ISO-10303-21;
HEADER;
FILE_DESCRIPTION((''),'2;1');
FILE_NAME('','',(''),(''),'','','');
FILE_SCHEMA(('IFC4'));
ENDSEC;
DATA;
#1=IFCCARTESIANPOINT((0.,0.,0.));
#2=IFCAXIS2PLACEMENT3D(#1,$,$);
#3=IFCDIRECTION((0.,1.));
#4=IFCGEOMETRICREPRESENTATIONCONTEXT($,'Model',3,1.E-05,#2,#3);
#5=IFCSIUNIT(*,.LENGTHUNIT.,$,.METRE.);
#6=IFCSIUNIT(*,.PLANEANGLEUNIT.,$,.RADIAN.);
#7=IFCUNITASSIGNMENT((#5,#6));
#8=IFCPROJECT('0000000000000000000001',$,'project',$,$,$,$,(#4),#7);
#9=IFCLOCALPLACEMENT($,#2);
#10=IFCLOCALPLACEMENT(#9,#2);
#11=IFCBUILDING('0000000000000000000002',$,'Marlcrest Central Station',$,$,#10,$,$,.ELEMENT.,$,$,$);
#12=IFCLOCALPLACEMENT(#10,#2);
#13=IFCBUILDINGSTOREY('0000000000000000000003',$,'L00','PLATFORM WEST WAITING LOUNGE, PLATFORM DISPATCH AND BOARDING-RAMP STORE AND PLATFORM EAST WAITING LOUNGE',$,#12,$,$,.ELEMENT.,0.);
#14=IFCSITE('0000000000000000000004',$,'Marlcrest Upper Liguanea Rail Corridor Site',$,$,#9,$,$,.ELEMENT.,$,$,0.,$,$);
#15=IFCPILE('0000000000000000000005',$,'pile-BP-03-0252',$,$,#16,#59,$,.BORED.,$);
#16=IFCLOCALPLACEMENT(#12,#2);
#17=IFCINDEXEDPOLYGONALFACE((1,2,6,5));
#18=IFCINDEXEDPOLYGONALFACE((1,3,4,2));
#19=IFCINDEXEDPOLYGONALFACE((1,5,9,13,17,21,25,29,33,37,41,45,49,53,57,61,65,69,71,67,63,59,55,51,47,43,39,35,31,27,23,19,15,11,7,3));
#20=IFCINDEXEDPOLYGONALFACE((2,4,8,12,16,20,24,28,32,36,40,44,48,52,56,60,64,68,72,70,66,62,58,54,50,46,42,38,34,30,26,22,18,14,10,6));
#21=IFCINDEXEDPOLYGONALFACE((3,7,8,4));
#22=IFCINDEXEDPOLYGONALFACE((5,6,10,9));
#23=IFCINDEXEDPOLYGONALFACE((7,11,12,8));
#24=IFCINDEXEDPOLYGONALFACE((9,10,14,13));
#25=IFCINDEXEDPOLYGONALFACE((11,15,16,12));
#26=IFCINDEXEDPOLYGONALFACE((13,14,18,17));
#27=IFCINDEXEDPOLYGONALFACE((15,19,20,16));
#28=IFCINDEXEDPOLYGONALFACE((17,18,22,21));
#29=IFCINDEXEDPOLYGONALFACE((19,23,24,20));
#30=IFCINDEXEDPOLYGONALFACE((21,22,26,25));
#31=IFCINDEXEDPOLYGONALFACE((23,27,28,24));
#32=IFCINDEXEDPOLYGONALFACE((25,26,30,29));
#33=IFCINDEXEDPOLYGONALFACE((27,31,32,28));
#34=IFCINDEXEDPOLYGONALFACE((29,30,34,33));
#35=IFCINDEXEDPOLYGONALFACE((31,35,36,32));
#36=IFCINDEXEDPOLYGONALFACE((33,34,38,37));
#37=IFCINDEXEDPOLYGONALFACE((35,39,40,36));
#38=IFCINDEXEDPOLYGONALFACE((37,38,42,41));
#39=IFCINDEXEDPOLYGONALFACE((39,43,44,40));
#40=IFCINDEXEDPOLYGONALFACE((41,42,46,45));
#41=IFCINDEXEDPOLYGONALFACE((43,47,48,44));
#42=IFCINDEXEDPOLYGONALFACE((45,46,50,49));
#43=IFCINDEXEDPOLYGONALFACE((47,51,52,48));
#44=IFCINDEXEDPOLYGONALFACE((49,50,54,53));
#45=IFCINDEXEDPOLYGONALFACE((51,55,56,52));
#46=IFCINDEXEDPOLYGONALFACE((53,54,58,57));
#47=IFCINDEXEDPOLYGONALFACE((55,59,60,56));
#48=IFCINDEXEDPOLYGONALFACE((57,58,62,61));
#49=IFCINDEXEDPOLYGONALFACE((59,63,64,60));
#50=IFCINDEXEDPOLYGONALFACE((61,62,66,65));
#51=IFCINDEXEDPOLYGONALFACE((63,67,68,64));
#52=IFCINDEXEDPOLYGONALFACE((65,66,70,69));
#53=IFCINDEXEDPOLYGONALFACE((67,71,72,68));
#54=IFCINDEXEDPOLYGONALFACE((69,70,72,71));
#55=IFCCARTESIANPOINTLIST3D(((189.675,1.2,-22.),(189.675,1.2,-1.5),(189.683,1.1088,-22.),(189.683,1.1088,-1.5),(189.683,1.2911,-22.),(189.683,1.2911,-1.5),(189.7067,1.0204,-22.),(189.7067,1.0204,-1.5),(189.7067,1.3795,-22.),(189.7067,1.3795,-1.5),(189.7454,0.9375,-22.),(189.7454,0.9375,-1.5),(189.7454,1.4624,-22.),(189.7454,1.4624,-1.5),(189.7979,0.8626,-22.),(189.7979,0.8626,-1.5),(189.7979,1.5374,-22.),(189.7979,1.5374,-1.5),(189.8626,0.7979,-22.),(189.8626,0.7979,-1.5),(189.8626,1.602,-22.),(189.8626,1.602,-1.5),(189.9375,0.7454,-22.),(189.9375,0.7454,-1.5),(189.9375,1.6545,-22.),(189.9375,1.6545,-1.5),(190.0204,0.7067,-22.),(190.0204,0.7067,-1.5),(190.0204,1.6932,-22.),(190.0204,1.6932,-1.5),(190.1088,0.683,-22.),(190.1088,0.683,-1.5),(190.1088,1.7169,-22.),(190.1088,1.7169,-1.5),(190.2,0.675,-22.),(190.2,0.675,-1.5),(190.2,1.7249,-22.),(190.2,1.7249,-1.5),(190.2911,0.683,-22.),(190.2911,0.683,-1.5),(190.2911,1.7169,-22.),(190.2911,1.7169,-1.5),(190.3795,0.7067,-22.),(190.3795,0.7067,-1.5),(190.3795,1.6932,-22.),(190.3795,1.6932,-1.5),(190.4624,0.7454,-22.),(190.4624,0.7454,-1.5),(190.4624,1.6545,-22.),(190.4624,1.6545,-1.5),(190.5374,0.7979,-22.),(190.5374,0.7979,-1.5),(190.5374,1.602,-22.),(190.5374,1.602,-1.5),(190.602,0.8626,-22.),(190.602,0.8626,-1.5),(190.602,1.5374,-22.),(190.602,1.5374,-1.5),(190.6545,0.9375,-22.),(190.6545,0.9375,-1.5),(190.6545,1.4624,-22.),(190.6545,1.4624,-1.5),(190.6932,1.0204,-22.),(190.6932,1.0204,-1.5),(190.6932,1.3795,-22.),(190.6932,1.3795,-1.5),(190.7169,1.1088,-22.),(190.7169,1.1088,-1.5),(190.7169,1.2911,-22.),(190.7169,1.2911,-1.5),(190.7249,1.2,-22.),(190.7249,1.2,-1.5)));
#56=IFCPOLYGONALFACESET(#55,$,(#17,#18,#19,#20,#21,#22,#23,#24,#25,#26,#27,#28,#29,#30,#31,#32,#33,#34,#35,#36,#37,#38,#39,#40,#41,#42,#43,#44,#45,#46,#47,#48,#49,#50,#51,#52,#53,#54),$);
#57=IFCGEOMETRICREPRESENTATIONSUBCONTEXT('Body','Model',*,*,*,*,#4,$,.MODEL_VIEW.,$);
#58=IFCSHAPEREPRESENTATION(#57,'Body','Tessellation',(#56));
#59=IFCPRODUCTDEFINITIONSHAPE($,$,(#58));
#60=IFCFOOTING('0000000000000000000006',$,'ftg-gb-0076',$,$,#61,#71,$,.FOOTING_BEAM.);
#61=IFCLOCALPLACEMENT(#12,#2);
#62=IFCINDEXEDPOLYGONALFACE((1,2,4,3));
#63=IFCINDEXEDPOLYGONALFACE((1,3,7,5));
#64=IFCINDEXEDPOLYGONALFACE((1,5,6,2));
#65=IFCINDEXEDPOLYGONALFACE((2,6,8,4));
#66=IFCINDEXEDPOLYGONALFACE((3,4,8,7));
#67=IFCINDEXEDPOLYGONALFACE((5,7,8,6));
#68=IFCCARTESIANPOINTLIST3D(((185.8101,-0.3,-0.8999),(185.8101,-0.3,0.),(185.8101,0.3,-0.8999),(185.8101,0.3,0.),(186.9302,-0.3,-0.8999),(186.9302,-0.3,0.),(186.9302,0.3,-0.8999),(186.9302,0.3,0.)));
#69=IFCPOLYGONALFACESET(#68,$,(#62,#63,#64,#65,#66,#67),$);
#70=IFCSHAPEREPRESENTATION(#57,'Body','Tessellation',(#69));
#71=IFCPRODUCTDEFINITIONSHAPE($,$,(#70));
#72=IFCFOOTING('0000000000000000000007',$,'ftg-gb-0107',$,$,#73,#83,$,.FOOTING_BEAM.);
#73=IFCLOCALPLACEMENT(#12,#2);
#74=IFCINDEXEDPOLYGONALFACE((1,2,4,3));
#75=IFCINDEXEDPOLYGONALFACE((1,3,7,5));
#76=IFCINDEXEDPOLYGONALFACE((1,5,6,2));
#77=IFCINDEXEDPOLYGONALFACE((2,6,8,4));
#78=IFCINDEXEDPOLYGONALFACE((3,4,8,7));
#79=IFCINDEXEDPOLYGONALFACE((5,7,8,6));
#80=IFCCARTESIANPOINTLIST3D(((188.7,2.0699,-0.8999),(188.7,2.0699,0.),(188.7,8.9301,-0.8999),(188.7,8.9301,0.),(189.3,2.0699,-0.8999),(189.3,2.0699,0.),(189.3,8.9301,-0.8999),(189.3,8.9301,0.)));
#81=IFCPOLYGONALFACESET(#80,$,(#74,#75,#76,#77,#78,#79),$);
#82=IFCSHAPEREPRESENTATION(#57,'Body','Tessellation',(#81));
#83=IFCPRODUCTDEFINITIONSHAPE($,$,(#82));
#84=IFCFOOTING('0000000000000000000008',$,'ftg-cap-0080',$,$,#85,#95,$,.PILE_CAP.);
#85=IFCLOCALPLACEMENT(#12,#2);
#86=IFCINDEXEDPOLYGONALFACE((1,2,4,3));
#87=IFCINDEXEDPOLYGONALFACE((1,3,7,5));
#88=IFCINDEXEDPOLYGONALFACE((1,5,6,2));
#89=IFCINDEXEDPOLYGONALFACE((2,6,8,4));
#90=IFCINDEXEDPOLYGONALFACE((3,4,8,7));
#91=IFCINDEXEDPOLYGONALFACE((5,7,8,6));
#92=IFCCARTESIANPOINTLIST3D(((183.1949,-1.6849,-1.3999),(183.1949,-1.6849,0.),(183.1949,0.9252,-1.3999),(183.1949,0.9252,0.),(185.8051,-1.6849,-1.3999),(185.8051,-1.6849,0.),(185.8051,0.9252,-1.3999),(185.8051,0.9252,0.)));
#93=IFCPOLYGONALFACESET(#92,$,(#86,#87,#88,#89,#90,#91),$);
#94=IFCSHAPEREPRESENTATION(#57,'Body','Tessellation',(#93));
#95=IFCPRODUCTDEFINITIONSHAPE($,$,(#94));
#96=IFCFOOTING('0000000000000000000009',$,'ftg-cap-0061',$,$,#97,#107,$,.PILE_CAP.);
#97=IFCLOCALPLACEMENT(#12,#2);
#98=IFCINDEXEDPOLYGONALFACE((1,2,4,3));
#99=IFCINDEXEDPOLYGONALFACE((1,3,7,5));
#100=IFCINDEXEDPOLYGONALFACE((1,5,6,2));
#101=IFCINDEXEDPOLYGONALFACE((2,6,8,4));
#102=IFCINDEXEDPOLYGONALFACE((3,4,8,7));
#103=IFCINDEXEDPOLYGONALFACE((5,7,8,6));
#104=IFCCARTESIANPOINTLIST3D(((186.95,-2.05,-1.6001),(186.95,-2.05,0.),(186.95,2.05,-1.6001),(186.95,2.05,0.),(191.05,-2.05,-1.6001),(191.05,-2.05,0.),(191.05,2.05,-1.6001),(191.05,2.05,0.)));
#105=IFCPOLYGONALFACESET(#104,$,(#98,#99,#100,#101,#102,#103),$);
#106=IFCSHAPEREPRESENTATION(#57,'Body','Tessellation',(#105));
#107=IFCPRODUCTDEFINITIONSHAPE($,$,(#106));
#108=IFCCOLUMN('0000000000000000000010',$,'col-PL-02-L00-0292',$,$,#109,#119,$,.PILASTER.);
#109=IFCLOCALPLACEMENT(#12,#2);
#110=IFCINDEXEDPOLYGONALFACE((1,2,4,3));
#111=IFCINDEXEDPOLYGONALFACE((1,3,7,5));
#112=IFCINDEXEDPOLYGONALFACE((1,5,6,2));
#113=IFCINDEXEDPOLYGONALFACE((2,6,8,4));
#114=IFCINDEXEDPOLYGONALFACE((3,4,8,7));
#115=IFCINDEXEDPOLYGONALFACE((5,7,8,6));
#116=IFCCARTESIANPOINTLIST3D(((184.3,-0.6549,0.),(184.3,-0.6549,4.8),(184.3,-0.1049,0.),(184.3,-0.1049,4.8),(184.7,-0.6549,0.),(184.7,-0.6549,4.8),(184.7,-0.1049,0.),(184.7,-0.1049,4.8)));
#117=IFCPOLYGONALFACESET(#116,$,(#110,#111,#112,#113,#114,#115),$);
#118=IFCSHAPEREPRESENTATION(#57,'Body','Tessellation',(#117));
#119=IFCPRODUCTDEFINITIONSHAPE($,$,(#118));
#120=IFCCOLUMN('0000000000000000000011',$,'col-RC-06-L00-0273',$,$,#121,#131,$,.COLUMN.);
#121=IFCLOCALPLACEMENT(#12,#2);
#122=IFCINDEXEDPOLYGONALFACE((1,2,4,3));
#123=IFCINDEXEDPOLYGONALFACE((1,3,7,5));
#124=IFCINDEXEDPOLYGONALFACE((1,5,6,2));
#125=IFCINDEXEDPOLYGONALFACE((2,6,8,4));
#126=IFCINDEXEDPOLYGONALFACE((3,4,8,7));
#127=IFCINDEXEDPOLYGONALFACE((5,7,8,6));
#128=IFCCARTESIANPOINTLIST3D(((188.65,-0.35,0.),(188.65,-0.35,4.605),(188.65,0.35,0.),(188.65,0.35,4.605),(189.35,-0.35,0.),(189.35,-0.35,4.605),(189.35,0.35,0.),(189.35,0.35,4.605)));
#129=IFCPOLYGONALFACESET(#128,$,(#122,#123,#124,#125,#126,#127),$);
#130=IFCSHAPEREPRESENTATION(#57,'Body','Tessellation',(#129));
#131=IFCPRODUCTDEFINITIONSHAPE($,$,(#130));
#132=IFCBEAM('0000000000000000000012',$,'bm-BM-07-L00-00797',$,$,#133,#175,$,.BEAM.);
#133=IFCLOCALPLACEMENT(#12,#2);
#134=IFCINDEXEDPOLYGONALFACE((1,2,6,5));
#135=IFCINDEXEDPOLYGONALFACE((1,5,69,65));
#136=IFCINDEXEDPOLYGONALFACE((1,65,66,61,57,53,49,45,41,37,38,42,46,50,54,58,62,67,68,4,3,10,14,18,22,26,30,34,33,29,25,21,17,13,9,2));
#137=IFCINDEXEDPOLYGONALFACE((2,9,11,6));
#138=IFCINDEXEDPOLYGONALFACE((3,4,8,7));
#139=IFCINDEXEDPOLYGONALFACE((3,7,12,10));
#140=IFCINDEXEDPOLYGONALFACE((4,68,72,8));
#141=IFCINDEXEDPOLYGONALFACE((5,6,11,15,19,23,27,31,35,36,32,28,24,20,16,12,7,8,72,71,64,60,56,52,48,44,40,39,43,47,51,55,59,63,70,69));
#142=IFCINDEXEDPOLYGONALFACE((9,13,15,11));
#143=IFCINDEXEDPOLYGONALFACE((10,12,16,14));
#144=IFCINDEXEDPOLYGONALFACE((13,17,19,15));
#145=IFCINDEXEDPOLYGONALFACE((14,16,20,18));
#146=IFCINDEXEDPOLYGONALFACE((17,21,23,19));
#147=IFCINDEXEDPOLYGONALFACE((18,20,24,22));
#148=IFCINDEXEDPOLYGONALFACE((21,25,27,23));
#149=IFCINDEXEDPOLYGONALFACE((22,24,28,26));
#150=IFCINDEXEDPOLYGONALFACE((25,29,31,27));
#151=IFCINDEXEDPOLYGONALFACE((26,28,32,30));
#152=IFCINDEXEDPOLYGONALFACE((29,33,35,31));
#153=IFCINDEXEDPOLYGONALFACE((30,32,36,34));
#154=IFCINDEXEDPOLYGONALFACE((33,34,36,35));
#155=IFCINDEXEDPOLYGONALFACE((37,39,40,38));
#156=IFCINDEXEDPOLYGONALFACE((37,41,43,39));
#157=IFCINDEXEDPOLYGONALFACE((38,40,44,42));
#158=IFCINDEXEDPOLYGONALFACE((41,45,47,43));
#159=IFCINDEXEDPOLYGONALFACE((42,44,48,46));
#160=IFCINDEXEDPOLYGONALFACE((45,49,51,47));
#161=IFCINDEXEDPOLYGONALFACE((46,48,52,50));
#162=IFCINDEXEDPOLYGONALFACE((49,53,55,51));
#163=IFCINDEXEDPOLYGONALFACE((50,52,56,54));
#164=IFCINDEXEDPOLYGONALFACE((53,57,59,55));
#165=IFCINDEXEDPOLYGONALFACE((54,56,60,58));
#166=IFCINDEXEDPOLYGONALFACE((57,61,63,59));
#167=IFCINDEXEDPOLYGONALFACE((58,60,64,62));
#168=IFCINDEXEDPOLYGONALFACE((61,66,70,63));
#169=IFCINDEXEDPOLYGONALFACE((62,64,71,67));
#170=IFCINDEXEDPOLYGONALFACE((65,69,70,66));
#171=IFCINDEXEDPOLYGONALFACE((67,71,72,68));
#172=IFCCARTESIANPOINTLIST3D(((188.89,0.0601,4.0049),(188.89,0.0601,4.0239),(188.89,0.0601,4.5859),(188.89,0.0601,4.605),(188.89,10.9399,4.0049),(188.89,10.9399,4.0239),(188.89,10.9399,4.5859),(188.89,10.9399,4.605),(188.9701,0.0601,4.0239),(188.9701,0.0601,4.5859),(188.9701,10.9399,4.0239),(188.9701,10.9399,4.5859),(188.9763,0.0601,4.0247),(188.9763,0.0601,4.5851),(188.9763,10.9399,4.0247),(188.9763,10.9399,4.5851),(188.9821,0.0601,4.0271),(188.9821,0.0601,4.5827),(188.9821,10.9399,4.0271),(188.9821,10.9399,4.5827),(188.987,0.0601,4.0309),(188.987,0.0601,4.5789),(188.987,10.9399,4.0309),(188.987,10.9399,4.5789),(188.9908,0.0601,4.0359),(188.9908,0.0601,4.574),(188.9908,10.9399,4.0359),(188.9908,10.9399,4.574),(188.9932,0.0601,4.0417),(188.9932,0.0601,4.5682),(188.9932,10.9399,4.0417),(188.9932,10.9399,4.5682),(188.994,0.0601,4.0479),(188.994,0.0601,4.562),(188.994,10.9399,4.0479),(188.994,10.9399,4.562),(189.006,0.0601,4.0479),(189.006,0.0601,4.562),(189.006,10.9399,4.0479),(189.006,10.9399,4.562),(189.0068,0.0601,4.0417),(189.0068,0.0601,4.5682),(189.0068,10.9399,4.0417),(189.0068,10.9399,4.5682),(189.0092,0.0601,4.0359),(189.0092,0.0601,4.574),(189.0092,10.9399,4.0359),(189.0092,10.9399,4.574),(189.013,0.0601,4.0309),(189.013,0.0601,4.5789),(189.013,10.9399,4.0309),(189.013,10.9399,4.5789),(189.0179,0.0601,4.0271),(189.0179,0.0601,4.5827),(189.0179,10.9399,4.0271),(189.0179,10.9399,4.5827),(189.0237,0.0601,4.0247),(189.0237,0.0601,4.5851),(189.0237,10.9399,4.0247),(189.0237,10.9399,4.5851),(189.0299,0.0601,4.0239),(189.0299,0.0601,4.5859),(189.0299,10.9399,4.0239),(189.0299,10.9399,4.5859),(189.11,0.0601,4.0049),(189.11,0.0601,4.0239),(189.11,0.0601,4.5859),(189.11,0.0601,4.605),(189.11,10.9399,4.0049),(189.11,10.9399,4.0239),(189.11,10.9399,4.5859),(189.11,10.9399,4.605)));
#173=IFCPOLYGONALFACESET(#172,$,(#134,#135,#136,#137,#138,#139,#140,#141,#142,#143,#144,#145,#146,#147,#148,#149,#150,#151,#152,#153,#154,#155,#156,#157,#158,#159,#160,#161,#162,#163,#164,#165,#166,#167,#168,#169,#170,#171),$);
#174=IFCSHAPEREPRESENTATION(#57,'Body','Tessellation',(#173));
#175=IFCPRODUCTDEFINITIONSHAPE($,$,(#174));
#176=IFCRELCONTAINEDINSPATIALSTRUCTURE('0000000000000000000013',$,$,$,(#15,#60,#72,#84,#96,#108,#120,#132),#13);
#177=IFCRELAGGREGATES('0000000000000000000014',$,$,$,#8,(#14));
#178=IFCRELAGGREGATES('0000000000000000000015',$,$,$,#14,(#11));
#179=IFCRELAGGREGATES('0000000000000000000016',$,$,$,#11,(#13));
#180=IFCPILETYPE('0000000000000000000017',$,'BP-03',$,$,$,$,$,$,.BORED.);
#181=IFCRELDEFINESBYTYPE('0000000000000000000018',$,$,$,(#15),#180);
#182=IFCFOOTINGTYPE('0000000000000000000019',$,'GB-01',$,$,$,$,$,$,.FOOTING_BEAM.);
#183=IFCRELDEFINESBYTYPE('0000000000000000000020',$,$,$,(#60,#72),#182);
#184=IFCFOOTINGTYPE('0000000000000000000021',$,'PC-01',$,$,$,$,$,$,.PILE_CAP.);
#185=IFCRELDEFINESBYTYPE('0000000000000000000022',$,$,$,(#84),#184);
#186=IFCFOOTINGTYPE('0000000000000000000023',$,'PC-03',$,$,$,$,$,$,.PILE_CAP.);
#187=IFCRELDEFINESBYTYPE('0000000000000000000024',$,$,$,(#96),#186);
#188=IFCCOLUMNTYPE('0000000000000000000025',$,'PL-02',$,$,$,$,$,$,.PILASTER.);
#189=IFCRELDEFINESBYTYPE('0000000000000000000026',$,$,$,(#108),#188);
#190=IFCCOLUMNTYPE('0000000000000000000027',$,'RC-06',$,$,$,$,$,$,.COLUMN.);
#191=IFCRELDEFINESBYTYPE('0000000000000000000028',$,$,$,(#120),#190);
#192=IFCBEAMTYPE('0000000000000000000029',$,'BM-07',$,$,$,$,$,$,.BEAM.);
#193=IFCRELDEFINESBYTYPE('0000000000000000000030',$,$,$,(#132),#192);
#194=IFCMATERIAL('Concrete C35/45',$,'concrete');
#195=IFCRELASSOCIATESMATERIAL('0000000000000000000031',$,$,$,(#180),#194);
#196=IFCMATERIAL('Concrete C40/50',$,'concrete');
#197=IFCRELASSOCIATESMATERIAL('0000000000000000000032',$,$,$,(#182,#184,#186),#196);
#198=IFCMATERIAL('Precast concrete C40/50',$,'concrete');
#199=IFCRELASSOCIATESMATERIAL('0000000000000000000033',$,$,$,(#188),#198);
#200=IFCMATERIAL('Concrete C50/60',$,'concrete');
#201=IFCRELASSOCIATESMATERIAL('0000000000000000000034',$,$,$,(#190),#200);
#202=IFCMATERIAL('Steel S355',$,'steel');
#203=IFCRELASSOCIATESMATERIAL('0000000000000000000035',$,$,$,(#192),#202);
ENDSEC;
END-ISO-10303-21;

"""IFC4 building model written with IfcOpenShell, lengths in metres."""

from ifc_helpers import new_model, si_unit, direction, frame, origin, origin_2d, place, context, subcontext, project, spatial, rectangle, circle, i_section, extrude, material, material_profile, profile_set, type_object, element, save


model = new_model("IFC4")

# Units and contexts
model_context = context("Model", 3, precision=1e-05, world=origin(), true_north=direction((0.0, 1.0)))
body_context = subcontext(model_context, "Body", "Model", "MODEL_VIEW")
ifc_project = project(units=[si_unit("LENGTHUNIT", "METRE"), si_unit("PLANEANGLEUNIT", "RADIAN")], contexts=[model_context])

# Site, building, storey
site_placement = place(None, origin())
site = spatial("IfcSite", under=ifc_project, at=site_placement, Name="Marlcrest Upper Liguanea Rail Corridor Site", CompositionType="ELEMENT", RefElevation=0.0)
building_placement = place(site_placement, origin())
building = spatial("IfcBuilding", under=site, at=building_placement, Name="Marlcrest Central Station", CompositionType="ELEMENT")
storey_placement = place(building_placement, origin())
storey = spatial("IfcBuildingStorey", under=building, at=storey_placement, Name="L00", Description="PLATFORM WEST WAITING LOUNGE, PLATFORM DISPATCH AND BOARDING-RAMP STORE AND PLATFORM EAST WAITING LOUNGE", CompositionType="ELEMENT", Elevation=0.0)

# Pile
ifc_material_1 = material(Name="Concrete C35/45", Category="concrete")
ifc_material_profile_1 = material_profile(ifc_material_1, circle(Radius=0.5249, at=origin_2d()), Name="PILE D1050")
ifc_profile_set_1 = profile_set([ifc_material_profile_1], Name="Concrete C35/45")
pile_type_1 = type_object("IfcPileType", Name="BP-03", PredefinedType="BORED", material=ifc_profile_set_1)
for number, where, z_axis, x_axis, name in (
    (1, (190.2, 1.2, -1.5), (0.0, 0.0, -1.0), (1.0, 0.0, 0.0), "pile-BP-03-0252"),
):
    element("IfcPile", number, at=place(storey_placement, frame(where, z_axis=z_axis, x_axis=x_axis)), inside=storey, type_object=pile_type_1, Name=name, PredefinedType="BORED", context=body_context, shape_type="SweptSolid", body=[
        extrude(circle(Radius=0.5249, at=origin_2d()), origin(), (0.0, 0.0, 1.0), 20.5),
    ])

# Footings
ifc_material_2 = material(Name="Concrete C40/50", Category="concrete")
footing_type_1 = type_object("IfcFootingType", Name="GB-01", PredefinedType="FOOTING_BEAM", material=ifc_material_2)
footing_1_placement = place(storey_placement, frame((186.3701, 0.0, -0.8999), z_axis=(0.0, 0.0, 1.0), x_axis=(1.0, 0.0, 0.0)))
element("IfcFooting", 2, at=footing_1_placement, inside=storey, type_object=footing_type_1, Name="ftg-gb-0076", PredefinedType="FOOTING_BEAM", context=body_context, shape_type="SweptSolid", body=[
    extrude(rectangle(XDim=1.1201, YDim=0.6001, at=origin_2d()), origin(), (0.0, 0.0, 1.0), 0.8999),
])
footing_2_placement = place(storey_placement, frame((189.0, 5.5, -0.8999), z_axis=(0.0, 0.0, 1.0), x_axis=(1.0, 0.0, 0.0)))
element("IfcFooting", 3, at=footing_2_placement, inside=storey, type_object=footing_type_1, Name="ftg-gb-0107", PredefinedType="FOOTING_BEAM", context=body_context, shape_type="SweptSolid", body=[
    extrude(rectangle(XDim=0.6001, YDim=6.8601, at=origin_2d()), origin(), (0.0, 0.0, 1.0), 0.8999),
])
footing_type_2 = type_object("IfcFootingType", Name="PC-01", PredefinedType="PILE_CAP", material=ifc_material_2)
footing_3_placement = place(storey_placement, frame((184.5, -0.3799, -1.3999), z_axis=(0.0, 0.0, 1.0), x_axis=(1.0, 0.0, 0.0)))
element("IfcFooting", 4, at=footing_3_placement, inside=storey, type_object=footing_type_2, Name="ftg-cap-0080", PredefinedType="PILE_CAP", context=body_context, shape_type="SweptSolid", body=[
    extrude(rectangle(XDim=2.6101, YDim=2.6101, at=origin_2d()), origin(), (0.0, 0.0, 1.0), 1.3999),
])
footing_type_3 = type_object("IfcFootingType", Name="PC-03", PredefinedType="PILE_CAP", material=ifc_material_2)
footing_4_placement = place(storey_placement, frame((189.0, 0.0, -1.6001), z_axis=(0.0, 0.0, 1.0), x_axis=(1.0, 0.0, 0.0)))
element("IfcFooting", 5, at=footing_4_placement, inside=storey, type_object=footing_type_3, Name="ftg-cap-0061", PredefinedType="PILE_CAP", context=body_context, shape_type="SweptSolid", body=[
    extrude(rectangle(XDim=4.1001, YDim=4.1001, at=origin_2d()), origin(), (0.0, 0.0, 1.0), 1.6001),
])

# Columns
ifc_material_3 = material(Name="Precast concrete C40/50", Category="concrete")
ifc_material_profile_2 = material_profile(ifc_material_3, rectangle(XDim=0.3999, YDim=0.55, at=origin_2d()), Name="PIL 400x550")
ifc_profile_set_2 = profile_set([ifc_material_profile_2], Name="Precast concrete C40/50")
column_type_1 = type_object("IfcColumnType", Name="PL-02", PredefinedType="PILASTER", material=ifc_profile_set_2)
column_1_placement = place(storey_placement, frame((184.5, -0.3799, 0.0), z_axis=(0.0, 0.0, 1.0), x_axis=(1.0, 0.0, 0.0)))
element("IfcColumn", 6, at=column_1_placement, inside=storey, type_object=column_type_1, Name="col-PL-02-L00-0292", PredefinedType="PILASTER", context=body_context, shape_type="SweptSolid", body=[
    extrude(rectangle(XDim=0.3999, YDim=0.55, at=origin_2d()), origin(), (0.0, 0.0, 1.0), 4.8),
])
ifc_material_4 = material(Name="Concrete C50/60", Category="concrete")
ifc_material_profile_3 = material_profile(ifc_material_4, rectangle(XDim=0.7, YDim=0.7, at=origin_2d()), Name="RC 700x700")
ifc_profile_set_3 = profile_set([ifc_material_profile_3], Name="Concrete C50/60")
column_type_2 = type_object("IfcColumnType", Name="RC-06", PredefinedType="COLUMN", material=ifc_profile_set_3)
column_2_placement = place(storey_placement, frame((189.0, 0.0, 0.0), z_axis=(0.0, 0.0, 1.0), x_axis=(1.0, 0.0, 0.0)))
element("IfcColumn", 7, at=column_2_placement, inside=storey, type_object=column_type_2, Name="col-RC-06-L00-0273", PredefinedType="COLUMN", context=body_context, shape_type="SweptSolid", body=[
    extrude(rectangle(XDim=0.7, YDim=0.7, at=origin_2d()), origin(), (0.0, 0.0, 1.0), 4.605),
])

# Beam
ifc_material_5 = material(Name="Steel S355", Category="steel")
ifc_material_profile_4 = material_profile(ifc_material_5, i_section(OverallWidth=0.22, OverallDepth=0.6001, WebThickness=0.012, FlangeThickness=0.019, FilletRadius=0.0239, at=origin_2d()), Name="IPE 600")
ifc_profile_set_4 = profile_set([ifc_material_profile_4], Name="Steel S355")
beam_type_1 = type_object("IfcBeamType", Name="BM-07", PredefinedType="BEAM", material=ifc_profile_set_4)
beam_1_placement = place(storey_placement, frame((189.0, 0.0601, 4.3049), z_axis=(0.0, 1.0, 0.0), x_axis=(-1.0, 0.0, 0.0)))
element("IfcBeam", 8, at=beam_1_placement, inside=storey, type_object=beam_type_1, Name="bm-BM-07-L00-00797", PredefinedType="BEAM", context=body_context, shape_type="SweptSolid", body=[
    extrude(i_section(OverallWidth=0.22, OverallDepth=0.6001, WebThickness=0.012, FlangeThickness=0.019, FilletRadius=0.0239, at=origin_2d()), origin(), (0.0, 0.0, 1.0), 10.8799),
])

save(model, "model.ifc")
